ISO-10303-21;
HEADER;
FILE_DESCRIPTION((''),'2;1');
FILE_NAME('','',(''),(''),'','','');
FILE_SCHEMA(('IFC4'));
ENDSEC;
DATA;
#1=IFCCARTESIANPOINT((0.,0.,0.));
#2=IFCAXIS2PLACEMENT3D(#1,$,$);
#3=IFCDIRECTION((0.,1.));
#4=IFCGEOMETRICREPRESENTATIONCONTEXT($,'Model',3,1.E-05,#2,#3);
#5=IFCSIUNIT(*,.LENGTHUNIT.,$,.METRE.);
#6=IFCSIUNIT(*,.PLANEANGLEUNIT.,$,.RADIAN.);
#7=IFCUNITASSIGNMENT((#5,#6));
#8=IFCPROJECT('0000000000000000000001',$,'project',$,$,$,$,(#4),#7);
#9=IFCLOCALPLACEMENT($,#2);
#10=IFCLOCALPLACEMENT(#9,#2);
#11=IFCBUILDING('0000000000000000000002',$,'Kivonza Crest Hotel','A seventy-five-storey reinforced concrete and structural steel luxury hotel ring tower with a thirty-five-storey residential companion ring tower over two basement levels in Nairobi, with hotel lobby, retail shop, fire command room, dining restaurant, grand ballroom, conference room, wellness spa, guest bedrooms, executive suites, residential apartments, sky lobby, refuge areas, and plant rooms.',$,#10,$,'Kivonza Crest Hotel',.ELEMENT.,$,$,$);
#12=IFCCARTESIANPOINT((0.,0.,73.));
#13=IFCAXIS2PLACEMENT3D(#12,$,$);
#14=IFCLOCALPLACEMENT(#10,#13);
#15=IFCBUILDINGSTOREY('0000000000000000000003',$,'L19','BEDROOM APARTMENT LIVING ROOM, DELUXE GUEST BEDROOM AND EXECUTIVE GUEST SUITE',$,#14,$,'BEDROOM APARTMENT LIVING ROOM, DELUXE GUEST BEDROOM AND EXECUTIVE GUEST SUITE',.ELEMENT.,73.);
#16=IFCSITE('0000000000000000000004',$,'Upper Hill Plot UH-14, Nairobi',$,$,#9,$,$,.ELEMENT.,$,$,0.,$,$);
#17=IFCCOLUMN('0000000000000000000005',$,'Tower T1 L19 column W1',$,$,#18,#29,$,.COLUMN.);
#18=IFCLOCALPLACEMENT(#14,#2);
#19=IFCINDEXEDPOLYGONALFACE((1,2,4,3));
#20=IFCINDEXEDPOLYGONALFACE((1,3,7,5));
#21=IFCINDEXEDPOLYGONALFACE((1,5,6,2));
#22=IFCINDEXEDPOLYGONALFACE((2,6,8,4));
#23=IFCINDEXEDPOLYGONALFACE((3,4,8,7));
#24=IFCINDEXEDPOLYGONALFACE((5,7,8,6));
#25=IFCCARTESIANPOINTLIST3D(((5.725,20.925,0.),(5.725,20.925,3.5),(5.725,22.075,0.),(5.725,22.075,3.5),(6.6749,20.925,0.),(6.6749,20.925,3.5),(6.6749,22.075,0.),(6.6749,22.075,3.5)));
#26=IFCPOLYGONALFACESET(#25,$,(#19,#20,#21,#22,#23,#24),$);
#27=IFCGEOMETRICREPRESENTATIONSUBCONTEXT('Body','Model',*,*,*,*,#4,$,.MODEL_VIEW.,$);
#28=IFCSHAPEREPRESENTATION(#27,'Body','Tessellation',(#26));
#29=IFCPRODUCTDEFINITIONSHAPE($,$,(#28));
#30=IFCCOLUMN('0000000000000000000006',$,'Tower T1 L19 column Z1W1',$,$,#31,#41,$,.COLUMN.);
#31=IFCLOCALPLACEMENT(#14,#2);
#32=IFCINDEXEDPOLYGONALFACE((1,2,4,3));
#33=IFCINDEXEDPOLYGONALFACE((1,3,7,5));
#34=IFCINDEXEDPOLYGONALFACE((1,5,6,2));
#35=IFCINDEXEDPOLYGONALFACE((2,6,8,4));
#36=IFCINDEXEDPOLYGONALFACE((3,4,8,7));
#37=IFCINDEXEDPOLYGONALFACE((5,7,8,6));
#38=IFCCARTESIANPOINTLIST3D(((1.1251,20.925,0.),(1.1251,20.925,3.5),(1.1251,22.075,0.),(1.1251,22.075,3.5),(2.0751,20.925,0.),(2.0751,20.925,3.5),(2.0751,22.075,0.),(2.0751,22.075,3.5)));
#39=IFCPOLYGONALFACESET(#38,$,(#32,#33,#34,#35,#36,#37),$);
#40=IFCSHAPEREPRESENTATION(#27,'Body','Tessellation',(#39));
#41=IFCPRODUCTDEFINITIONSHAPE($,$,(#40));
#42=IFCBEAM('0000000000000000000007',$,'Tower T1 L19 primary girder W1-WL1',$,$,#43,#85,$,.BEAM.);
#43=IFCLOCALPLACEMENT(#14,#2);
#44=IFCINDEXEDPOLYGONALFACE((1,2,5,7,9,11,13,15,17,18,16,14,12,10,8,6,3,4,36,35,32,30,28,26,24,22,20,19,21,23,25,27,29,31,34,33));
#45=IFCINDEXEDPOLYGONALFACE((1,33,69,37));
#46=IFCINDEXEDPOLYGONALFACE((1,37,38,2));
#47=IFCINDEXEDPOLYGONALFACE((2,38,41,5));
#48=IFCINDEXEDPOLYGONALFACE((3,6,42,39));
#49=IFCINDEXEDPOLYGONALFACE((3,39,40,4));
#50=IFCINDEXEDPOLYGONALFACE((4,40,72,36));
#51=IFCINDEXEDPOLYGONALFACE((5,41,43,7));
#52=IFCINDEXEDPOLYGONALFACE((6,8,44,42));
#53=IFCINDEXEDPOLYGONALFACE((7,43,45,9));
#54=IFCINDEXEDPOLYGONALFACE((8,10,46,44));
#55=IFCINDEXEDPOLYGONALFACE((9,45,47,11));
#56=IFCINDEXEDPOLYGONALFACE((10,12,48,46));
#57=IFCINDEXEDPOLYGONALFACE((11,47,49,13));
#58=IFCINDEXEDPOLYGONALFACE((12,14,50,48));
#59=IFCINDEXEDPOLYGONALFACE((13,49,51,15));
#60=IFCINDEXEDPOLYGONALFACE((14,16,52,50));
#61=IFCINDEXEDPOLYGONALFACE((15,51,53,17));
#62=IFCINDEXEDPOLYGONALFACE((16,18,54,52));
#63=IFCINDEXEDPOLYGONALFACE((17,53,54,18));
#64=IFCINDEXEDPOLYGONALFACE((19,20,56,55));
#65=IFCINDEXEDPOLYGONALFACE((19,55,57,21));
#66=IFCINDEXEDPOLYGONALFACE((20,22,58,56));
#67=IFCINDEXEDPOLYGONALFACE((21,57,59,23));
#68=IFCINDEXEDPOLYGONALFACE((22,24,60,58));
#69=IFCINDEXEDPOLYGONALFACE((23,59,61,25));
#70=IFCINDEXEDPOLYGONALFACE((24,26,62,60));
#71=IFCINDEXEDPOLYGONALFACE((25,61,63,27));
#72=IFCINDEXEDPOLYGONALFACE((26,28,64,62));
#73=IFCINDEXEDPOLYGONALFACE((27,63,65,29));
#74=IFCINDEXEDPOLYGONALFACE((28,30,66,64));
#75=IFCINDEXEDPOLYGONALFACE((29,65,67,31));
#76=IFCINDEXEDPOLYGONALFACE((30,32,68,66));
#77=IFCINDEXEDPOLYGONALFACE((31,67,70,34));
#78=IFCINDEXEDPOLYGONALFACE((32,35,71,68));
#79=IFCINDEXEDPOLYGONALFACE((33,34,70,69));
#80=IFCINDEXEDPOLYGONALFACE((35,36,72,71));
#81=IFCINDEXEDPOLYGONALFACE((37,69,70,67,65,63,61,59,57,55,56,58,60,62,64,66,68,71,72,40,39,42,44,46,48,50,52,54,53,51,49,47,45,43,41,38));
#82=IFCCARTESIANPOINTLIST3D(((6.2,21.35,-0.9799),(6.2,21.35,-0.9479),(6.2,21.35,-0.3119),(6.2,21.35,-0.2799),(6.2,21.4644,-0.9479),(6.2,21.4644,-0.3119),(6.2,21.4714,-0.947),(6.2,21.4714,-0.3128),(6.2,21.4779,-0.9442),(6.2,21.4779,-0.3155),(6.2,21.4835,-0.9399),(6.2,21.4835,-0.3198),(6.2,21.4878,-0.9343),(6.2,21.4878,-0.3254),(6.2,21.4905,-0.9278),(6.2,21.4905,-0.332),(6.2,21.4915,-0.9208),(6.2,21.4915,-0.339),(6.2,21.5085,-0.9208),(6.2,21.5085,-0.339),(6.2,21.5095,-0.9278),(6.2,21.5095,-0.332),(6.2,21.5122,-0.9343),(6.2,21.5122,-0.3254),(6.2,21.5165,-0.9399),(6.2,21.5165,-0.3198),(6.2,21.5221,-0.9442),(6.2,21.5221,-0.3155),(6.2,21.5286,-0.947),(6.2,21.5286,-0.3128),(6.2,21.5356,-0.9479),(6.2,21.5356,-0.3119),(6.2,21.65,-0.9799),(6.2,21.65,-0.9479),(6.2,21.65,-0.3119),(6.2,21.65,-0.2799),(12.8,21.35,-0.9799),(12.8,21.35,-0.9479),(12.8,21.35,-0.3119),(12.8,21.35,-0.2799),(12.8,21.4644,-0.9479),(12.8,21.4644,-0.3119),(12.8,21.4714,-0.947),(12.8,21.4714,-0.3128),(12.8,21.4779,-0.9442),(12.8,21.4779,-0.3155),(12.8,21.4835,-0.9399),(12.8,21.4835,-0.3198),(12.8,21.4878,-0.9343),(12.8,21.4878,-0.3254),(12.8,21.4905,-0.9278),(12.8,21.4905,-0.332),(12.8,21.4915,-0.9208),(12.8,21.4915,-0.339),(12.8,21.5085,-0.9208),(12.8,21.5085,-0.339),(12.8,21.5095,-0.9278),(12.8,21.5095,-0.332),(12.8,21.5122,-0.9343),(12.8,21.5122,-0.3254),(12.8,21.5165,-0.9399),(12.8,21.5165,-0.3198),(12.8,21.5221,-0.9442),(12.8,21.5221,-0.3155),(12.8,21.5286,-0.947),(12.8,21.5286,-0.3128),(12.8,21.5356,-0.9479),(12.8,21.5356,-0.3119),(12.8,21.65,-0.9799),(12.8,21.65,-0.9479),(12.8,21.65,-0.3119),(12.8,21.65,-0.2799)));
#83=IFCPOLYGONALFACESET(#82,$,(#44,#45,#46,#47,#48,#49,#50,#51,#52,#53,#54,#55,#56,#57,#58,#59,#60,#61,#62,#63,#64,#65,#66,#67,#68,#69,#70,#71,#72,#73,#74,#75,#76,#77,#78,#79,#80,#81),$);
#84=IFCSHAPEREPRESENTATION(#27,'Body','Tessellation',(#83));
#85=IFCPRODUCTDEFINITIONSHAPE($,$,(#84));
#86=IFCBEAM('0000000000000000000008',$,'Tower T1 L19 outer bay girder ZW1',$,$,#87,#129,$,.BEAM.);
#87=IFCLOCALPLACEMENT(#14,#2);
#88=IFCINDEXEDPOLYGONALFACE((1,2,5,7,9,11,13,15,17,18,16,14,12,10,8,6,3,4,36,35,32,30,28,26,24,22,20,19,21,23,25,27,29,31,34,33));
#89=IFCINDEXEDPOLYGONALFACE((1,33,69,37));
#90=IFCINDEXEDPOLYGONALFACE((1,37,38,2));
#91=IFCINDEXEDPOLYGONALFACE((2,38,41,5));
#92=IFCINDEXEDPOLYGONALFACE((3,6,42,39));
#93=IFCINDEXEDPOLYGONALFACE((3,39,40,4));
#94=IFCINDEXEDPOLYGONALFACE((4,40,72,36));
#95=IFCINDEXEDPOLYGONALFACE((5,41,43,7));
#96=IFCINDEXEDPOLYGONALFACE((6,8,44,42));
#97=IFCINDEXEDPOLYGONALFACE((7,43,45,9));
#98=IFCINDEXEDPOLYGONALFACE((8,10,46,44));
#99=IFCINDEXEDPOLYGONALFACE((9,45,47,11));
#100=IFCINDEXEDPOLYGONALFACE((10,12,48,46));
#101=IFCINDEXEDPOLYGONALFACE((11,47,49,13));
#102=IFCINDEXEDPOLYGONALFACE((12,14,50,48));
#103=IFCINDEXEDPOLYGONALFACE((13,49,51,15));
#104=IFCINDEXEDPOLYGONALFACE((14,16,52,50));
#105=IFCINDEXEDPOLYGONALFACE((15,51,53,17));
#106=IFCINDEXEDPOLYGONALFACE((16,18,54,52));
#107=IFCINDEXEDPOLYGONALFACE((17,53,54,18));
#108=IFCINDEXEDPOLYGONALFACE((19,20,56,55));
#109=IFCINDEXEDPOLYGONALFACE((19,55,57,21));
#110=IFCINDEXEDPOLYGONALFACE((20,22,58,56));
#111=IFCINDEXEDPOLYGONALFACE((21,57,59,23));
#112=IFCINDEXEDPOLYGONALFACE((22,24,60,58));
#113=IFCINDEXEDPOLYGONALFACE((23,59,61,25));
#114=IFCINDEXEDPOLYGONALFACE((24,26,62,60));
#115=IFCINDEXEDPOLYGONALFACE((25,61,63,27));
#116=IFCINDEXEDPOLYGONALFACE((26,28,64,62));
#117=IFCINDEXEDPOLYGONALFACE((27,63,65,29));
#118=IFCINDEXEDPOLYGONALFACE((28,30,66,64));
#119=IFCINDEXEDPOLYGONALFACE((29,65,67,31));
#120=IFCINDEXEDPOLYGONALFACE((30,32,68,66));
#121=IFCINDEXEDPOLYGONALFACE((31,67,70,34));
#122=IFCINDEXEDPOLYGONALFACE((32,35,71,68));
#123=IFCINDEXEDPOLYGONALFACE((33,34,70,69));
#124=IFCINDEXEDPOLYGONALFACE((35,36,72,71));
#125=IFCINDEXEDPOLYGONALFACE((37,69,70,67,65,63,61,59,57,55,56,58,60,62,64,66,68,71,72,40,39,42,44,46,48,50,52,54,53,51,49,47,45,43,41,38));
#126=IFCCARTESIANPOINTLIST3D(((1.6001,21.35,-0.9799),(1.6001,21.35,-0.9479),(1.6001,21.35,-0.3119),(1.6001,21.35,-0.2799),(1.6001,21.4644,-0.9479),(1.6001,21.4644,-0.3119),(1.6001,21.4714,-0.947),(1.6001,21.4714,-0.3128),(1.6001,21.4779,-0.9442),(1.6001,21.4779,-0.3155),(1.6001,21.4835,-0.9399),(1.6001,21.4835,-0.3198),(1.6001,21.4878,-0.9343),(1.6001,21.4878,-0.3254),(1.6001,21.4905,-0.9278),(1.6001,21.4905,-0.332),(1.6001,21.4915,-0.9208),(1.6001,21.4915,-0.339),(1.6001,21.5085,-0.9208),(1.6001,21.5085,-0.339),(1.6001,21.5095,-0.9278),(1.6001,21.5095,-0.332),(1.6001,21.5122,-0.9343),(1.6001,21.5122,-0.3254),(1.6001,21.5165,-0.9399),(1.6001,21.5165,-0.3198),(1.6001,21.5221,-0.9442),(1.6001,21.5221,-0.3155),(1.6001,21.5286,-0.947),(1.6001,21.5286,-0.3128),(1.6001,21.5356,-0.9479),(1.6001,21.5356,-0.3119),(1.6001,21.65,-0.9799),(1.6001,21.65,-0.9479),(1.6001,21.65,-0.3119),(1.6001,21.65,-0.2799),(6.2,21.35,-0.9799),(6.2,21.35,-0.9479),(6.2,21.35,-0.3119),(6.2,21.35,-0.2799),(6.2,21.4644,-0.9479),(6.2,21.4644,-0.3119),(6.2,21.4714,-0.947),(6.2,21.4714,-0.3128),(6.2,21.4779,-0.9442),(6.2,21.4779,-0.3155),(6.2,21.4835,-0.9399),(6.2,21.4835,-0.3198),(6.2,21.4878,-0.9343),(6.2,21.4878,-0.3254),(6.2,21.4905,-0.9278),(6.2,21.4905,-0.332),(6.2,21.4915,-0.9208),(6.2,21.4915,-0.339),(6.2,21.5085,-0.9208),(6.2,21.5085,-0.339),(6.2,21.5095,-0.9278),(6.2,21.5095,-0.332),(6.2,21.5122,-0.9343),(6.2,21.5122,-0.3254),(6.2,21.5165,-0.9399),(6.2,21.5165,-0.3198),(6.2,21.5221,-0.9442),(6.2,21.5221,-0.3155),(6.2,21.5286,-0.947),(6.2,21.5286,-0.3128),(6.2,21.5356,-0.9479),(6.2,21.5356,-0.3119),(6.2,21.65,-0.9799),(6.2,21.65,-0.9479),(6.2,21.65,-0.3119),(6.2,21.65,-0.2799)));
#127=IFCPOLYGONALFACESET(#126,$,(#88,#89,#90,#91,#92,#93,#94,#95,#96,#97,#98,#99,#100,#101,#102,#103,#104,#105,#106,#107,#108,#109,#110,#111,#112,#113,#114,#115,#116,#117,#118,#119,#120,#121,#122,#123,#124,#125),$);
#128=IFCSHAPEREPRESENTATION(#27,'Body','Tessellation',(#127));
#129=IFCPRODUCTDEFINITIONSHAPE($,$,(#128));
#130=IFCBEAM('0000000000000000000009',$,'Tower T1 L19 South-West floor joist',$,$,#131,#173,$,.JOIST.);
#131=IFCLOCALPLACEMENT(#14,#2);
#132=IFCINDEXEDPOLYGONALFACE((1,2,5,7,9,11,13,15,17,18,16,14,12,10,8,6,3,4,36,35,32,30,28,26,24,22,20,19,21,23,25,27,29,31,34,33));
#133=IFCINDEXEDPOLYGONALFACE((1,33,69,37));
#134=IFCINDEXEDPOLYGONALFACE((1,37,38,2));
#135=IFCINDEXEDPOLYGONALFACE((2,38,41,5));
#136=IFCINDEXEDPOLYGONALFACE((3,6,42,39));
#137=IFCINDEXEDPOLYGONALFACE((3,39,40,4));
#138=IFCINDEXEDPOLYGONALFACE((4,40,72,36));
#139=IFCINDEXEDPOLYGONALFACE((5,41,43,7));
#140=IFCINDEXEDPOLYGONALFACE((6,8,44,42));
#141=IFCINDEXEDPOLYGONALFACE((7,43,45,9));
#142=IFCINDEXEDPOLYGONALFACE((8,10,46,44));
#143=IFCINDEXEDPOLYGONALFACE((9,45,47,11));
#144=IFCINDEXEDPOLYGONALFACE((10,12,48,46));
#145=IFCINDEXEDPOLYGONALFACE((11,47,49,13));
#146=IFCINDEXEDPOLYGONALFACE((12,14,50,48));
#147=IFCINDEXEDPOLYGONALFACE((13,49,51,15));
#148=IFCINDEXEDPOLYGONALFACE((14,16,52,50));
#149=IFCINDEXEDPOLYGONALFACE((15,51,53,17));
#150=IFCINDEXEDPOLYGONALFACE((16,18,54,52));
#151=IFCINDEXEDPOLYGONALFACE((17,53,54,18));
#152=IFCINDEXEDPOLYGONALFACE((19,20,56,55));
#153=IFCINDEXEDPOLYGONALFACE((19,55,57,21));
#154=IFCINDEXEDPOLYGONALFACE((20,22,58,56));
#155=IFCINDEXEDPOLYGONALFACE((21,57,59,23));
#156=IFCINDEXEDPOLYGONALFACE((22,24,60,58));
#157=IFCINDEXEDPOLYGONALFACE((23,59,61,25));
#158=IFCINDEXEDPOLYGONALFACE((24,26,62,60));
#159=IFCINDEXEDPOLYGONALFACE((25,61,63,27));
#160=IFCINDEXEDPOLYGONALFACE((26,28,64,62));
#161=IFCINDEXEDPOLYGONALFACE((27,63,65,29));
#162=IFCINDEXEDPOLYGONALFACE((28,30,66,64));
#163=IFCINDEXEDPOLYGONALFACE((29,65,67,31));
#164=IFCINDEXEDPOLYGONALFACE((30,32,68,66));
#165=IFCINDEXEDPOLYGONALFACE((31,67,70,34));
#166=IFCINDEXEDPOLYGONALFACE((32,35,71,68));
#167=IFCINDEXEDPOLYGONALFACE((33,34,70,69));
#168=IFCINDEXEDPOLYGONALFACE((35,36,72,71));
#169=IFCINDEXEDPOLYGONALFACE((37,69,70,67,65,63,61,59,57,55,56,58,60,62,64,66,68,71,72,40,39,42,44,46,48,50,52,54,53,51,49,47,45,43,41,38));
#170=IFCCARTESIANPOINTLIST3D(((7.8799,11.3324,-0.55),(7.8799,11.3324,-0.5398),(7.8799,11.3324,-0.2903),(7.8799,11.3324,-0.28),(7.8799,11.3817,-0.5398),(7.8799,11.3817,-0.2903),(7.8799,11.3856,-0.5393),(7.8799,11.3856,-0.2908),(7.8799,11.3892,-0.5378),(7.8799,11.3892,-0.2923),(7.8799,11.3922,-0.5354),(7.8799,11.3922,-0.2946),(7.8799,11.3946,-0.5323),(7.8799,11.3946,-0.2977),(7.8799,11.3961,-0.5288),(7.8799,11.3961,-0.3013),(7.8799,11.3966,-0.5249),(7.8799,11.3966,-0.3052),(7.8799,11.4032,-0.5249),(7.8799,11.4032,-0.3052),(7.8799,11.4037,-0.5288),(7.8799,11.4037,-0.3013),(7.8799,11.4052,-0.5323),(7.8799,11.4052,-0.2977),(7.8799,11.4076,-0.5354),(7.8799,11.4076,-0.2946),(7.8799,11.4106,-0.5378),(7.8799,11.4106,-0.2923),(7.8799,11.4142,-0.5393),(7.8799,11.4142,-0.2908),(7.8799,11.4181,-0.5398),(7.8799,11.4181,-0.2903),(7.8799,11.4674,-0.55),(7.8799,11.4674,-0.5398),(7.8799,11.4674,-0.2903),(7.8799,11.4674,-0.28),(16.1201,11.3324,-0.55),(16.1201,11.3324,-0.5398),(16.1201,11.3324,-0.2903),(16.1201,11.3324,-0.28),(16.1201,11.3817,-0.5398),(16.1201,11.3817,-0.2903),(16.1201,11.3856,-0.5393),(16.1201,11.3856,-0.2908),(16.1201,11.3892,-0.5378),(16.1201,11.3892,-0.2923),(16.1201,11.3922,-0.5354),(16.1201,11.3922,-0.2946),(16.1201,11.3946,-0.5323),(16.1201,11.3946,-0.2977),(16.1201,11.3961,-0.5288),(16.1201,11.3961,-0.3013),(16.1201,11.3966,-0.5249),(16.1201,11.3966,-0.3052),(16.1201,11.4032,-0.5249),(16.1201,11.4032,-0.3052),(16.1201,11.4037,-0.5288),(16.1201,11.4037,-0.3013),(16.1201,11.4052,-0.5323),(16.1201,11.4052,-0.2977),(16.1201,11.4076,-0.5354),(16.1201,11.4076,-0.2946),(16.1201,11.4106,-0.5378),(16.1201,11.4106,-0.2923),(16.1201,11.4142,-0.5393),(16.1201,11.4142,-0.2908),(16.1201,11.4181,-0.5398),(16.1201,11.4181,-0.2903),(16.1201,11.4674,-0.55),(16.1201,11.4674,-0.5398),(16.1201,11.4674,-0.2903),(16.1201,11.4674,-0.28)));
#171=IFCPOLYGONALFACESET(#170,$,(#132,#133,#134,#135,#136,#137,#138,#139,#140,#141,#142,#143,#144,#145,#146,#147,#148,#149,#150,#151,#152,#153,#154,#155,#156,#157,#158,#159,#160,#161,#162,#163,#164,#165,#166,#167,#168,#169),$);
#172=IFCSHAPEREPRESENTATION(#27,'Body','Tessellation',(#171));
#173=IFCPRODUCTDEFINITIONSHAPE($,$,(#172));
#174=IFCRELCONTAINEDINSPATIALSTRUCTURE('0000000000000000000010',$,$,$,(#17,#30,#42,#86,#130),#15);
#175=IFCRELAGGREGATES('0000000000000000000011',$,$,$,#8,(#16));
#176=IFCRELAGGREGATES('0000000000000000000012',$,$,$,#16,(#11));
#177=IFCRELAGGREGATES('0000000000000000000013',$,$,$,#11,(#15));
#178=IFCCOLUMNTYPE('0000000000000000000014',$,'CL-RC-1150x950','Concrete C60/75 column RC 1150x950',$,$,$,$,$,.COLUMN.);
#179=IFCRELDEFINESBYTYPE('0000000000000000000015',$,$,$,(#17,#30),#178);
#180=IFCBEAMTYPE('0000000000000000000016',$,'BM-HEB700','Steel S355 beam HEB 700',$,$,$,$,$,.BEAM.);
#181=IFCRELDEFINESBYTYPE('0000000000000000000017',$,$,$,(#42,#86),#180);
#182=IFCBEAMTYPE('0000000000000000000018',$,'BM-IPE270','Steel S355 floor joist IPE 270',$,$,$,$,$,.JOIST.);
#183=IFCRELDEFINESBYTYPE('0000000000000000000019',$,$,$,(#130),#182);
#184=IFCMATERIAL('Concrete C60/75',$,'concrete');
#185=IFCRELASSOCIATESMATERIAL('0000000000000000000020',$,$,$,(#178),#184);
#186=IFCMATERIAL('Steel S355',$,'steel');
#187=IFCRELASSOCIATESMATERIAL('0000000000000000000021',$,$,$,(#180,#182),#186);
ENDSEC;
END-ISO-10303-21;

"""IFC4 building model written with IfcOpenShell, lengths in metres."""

from ifc_helpers import new_model, si_unit, direction, frame, origin, origin_2d, place, context, subcontext, project, spatial, rectangle, i_section, extrude, material, material_profile, profile_set, type_object, element, save


model = new_model("IFC4")

# Units and contexts
model_context = context("Model", 3, precision=1e-05, world=origin(), true_north=direction((0.0, 1.0)))
body_context = subcontext(model_context, "Body", "Model", "MODEL_VIEW")
ifc_project = project(units=[si_unit("LENGTHUNIT", "METRE"), si_unit("PLANEANGLEUNIT", "RADIAN")], contexts=[model_context])

# Site, building, storey
site_placement = place(None, origin())
site = spatial("IfcSite", under=ifc_project, at=site_placement, Name="Upper Hill Plot UH-14, Nairobi", CompositionType="ELEMENT", RefElevation=0.0)
building_placement = place(site_placement, origin())
building = spatial("IfcBuilding", under=site, at=building_placement, Name="Kivonza Crest Hotel", Description="A seventy-five-storey reinforced concrete and structural steel luxury hotel ring tower with a thirty-five-storey residential companion ring tower over two basement levels in Nairobi, with hotel lobby, retail shop, fire command room, dining restaurant, grand ballroom, conference room, wellness spa, guest bedrooms, executive suites, residential apartments, sky lobby, refuge areas, and plant rooms.", LongName="Kivonza Crest Hotel", CompositionType="ELEMENT")
storey_placement = place(building_placement, frame((0.0, 0.0, 73.0)))
storey = spatial("IfcBuildingStorey", under=building, at=storey_placement, Name="L19", Description="BEDROOM APARTMENT LIVING ROOM, DELUXE GUEST BEDROOM AND EXECUTIVE GUEST SUITE", LongName="BEDROOM APARTMENT LIVING ROOM, DELUXE GUEST BEDROOM AND EXECUTIVE GUEST SUITE", CompositionType="ELEMENT", Elevation=73.0)

# Columns
ifc_material_1 = material(Name="Concrete C60/75", Category="concrete")
ifc_material_profile_1 = material_profile(ifc_material_1, rectangle(XDim=0.95, YDim=1.1499, at=origin_2d()), Name="RC 1150x950")
ifc_profile_set_1 = profile_set([ifc_material_profile_1], Name="Concrete C60/75")
column_type = type_object("IfcColumnType", Name="CL-RC-1150x950", Description="Concrete C60/75 column RC 1150x950", PredefinedType="COLUMN", material=ifc_profile_set_1)
for number, where, z_axis, x_axis, name in (
    (1, (6.2, 21.5, 0.0), (0.0, 0.0, 1.0), (1.0, 0.0, 0.0), "Tower T1 L19 column W1"),
    (2, (1.6001, 21.5, 0.0), (0.0, 0.0, 1.0), (1.0, 0.0, 0.0), "Tower T1 L19 column Z1W1"),
):
    element("IfcColumn", number, at=place(storey_placement, frame(where, z_axis=z_axis, x_axis=x_axis)), inside=storey, type_object=column_type, Name=name, PredefinedType="COLUMN", context=body_context, shape_type="SweptSolid", body=[
        extrude(rectangle(XDim=0.95, YDim=1.1499, at=origin_2d()), origin(), (0.0, 0.0, 1.0), 3.5),
    ])

# Beams
ifc_material_2 = material(Name="Steel S355", Category="steel")
ifc_material_profile_2 = material_profile(ifc_material_2, i_section(OverallWidth=0.3, OverallDepth=0.7, WebThickness=0.0171, FlangeThickness=0.032, FilletRadius=0.0271, at=origin_2d()), Name="HEB 700")
ifc_profile_set_2 = profile_set([ifc_material_profile_2], Name="Steel S355")
beam_type_1 = type_object("IfcBeamType", Name="BM-HEB700", Description="Steel S355 beam HEB 700", PredefinedType="BEAM", material=ifc_profile_set_2)
beam_1_placement = place(storey_placement, frame((6.2, 21.5, -0.6299), z_axis=(1.0, 0.0, 0.0), x_axis=(0.0, 1.0, 0.0)))
element("IfcBeam", 3, at=beam_1_placement, inside=storey, type_object=beam_type_1, Name="Tower T1 L19 primary girder W1-WL1", PredefinedType="BEAM", context=body_context, shape_type="SweptSolid", body=[
    extrude(i_section(OverallWidth=0.3, OverallDepth=0.7, WebThickness=0.0171, FlangeThickness=0.032, FilletRadius=0.0271, at=origin_2d()), origin(), (0.0, 0.0, 1.0), 6.6001),
])
beam_2_placement = place(storey_placement, frame((1.6001, 21.5, -0.6299), z_axis=(1.0, 0.0, 0.0), x_axis=(0.0, 1.0, 0.0)))
element("IfcBeam", 4, at=beam_2_placement, inside=storey, type_object=beam_type_1, Name="Tower T1 L19 outer bay girder ZW1", PredefinedType="BEAM", context=body_context, shape_type="SweptSolid", body=[
    extrude(i_section(OverallWidth=0.3, OverallDepth=0.7, WebThickness=0.0171, FlangeThickness=0.032, FilletRadius=0.0271, at=origin_2d()), origin(), (0.0, 0.0, 1.0), 4.5999),
])
ifc_material_profile_3 = material_profile(ifc_material_2, i_section(OverallWidth=0.135, OverallDepth=0.27, WebThickness=0.0066, FlangeThickness=0.0103, FilletRadius=0.0149, at=origin_2d()), Name="IPE 270")
ifc_profile_set_3 = profile_set([ifc_material_profile_3], Name="Steel S355")
beam_type_2 = type_object("IfcBeamType", Name="BM-IPE270", Description="Steel S355 floor joist IPE 270", PredefinedType="JOIST", material=ifc_profile_set_3)
beam_3_placement = place(storey_placement, frame((7.8799, 11.3999, -0.415), z_axis=(1.0, 0.0, 0.0), x_axis=(0.0, 1.0, 0.0)))
element("IfcBeam", 5, at=beam_3_placement, inside=storey, type_object=beam_type_2, Name="Tower T1 L19 South-West floor joist", PredefinedType="JOIST", context=body_context, shape_type="SweptSolid", body=[
    extrude(i_section(OverallWidth=0.135, OverallDepth=0.27, WebThickness=0.0066, FlangeThickness=0.0103, FilletRadius=0.0149, at=origin_2d()), origin(), (0.0, 0.0, 1.0), 8.2402),
])

save(model, "model.ifc")
